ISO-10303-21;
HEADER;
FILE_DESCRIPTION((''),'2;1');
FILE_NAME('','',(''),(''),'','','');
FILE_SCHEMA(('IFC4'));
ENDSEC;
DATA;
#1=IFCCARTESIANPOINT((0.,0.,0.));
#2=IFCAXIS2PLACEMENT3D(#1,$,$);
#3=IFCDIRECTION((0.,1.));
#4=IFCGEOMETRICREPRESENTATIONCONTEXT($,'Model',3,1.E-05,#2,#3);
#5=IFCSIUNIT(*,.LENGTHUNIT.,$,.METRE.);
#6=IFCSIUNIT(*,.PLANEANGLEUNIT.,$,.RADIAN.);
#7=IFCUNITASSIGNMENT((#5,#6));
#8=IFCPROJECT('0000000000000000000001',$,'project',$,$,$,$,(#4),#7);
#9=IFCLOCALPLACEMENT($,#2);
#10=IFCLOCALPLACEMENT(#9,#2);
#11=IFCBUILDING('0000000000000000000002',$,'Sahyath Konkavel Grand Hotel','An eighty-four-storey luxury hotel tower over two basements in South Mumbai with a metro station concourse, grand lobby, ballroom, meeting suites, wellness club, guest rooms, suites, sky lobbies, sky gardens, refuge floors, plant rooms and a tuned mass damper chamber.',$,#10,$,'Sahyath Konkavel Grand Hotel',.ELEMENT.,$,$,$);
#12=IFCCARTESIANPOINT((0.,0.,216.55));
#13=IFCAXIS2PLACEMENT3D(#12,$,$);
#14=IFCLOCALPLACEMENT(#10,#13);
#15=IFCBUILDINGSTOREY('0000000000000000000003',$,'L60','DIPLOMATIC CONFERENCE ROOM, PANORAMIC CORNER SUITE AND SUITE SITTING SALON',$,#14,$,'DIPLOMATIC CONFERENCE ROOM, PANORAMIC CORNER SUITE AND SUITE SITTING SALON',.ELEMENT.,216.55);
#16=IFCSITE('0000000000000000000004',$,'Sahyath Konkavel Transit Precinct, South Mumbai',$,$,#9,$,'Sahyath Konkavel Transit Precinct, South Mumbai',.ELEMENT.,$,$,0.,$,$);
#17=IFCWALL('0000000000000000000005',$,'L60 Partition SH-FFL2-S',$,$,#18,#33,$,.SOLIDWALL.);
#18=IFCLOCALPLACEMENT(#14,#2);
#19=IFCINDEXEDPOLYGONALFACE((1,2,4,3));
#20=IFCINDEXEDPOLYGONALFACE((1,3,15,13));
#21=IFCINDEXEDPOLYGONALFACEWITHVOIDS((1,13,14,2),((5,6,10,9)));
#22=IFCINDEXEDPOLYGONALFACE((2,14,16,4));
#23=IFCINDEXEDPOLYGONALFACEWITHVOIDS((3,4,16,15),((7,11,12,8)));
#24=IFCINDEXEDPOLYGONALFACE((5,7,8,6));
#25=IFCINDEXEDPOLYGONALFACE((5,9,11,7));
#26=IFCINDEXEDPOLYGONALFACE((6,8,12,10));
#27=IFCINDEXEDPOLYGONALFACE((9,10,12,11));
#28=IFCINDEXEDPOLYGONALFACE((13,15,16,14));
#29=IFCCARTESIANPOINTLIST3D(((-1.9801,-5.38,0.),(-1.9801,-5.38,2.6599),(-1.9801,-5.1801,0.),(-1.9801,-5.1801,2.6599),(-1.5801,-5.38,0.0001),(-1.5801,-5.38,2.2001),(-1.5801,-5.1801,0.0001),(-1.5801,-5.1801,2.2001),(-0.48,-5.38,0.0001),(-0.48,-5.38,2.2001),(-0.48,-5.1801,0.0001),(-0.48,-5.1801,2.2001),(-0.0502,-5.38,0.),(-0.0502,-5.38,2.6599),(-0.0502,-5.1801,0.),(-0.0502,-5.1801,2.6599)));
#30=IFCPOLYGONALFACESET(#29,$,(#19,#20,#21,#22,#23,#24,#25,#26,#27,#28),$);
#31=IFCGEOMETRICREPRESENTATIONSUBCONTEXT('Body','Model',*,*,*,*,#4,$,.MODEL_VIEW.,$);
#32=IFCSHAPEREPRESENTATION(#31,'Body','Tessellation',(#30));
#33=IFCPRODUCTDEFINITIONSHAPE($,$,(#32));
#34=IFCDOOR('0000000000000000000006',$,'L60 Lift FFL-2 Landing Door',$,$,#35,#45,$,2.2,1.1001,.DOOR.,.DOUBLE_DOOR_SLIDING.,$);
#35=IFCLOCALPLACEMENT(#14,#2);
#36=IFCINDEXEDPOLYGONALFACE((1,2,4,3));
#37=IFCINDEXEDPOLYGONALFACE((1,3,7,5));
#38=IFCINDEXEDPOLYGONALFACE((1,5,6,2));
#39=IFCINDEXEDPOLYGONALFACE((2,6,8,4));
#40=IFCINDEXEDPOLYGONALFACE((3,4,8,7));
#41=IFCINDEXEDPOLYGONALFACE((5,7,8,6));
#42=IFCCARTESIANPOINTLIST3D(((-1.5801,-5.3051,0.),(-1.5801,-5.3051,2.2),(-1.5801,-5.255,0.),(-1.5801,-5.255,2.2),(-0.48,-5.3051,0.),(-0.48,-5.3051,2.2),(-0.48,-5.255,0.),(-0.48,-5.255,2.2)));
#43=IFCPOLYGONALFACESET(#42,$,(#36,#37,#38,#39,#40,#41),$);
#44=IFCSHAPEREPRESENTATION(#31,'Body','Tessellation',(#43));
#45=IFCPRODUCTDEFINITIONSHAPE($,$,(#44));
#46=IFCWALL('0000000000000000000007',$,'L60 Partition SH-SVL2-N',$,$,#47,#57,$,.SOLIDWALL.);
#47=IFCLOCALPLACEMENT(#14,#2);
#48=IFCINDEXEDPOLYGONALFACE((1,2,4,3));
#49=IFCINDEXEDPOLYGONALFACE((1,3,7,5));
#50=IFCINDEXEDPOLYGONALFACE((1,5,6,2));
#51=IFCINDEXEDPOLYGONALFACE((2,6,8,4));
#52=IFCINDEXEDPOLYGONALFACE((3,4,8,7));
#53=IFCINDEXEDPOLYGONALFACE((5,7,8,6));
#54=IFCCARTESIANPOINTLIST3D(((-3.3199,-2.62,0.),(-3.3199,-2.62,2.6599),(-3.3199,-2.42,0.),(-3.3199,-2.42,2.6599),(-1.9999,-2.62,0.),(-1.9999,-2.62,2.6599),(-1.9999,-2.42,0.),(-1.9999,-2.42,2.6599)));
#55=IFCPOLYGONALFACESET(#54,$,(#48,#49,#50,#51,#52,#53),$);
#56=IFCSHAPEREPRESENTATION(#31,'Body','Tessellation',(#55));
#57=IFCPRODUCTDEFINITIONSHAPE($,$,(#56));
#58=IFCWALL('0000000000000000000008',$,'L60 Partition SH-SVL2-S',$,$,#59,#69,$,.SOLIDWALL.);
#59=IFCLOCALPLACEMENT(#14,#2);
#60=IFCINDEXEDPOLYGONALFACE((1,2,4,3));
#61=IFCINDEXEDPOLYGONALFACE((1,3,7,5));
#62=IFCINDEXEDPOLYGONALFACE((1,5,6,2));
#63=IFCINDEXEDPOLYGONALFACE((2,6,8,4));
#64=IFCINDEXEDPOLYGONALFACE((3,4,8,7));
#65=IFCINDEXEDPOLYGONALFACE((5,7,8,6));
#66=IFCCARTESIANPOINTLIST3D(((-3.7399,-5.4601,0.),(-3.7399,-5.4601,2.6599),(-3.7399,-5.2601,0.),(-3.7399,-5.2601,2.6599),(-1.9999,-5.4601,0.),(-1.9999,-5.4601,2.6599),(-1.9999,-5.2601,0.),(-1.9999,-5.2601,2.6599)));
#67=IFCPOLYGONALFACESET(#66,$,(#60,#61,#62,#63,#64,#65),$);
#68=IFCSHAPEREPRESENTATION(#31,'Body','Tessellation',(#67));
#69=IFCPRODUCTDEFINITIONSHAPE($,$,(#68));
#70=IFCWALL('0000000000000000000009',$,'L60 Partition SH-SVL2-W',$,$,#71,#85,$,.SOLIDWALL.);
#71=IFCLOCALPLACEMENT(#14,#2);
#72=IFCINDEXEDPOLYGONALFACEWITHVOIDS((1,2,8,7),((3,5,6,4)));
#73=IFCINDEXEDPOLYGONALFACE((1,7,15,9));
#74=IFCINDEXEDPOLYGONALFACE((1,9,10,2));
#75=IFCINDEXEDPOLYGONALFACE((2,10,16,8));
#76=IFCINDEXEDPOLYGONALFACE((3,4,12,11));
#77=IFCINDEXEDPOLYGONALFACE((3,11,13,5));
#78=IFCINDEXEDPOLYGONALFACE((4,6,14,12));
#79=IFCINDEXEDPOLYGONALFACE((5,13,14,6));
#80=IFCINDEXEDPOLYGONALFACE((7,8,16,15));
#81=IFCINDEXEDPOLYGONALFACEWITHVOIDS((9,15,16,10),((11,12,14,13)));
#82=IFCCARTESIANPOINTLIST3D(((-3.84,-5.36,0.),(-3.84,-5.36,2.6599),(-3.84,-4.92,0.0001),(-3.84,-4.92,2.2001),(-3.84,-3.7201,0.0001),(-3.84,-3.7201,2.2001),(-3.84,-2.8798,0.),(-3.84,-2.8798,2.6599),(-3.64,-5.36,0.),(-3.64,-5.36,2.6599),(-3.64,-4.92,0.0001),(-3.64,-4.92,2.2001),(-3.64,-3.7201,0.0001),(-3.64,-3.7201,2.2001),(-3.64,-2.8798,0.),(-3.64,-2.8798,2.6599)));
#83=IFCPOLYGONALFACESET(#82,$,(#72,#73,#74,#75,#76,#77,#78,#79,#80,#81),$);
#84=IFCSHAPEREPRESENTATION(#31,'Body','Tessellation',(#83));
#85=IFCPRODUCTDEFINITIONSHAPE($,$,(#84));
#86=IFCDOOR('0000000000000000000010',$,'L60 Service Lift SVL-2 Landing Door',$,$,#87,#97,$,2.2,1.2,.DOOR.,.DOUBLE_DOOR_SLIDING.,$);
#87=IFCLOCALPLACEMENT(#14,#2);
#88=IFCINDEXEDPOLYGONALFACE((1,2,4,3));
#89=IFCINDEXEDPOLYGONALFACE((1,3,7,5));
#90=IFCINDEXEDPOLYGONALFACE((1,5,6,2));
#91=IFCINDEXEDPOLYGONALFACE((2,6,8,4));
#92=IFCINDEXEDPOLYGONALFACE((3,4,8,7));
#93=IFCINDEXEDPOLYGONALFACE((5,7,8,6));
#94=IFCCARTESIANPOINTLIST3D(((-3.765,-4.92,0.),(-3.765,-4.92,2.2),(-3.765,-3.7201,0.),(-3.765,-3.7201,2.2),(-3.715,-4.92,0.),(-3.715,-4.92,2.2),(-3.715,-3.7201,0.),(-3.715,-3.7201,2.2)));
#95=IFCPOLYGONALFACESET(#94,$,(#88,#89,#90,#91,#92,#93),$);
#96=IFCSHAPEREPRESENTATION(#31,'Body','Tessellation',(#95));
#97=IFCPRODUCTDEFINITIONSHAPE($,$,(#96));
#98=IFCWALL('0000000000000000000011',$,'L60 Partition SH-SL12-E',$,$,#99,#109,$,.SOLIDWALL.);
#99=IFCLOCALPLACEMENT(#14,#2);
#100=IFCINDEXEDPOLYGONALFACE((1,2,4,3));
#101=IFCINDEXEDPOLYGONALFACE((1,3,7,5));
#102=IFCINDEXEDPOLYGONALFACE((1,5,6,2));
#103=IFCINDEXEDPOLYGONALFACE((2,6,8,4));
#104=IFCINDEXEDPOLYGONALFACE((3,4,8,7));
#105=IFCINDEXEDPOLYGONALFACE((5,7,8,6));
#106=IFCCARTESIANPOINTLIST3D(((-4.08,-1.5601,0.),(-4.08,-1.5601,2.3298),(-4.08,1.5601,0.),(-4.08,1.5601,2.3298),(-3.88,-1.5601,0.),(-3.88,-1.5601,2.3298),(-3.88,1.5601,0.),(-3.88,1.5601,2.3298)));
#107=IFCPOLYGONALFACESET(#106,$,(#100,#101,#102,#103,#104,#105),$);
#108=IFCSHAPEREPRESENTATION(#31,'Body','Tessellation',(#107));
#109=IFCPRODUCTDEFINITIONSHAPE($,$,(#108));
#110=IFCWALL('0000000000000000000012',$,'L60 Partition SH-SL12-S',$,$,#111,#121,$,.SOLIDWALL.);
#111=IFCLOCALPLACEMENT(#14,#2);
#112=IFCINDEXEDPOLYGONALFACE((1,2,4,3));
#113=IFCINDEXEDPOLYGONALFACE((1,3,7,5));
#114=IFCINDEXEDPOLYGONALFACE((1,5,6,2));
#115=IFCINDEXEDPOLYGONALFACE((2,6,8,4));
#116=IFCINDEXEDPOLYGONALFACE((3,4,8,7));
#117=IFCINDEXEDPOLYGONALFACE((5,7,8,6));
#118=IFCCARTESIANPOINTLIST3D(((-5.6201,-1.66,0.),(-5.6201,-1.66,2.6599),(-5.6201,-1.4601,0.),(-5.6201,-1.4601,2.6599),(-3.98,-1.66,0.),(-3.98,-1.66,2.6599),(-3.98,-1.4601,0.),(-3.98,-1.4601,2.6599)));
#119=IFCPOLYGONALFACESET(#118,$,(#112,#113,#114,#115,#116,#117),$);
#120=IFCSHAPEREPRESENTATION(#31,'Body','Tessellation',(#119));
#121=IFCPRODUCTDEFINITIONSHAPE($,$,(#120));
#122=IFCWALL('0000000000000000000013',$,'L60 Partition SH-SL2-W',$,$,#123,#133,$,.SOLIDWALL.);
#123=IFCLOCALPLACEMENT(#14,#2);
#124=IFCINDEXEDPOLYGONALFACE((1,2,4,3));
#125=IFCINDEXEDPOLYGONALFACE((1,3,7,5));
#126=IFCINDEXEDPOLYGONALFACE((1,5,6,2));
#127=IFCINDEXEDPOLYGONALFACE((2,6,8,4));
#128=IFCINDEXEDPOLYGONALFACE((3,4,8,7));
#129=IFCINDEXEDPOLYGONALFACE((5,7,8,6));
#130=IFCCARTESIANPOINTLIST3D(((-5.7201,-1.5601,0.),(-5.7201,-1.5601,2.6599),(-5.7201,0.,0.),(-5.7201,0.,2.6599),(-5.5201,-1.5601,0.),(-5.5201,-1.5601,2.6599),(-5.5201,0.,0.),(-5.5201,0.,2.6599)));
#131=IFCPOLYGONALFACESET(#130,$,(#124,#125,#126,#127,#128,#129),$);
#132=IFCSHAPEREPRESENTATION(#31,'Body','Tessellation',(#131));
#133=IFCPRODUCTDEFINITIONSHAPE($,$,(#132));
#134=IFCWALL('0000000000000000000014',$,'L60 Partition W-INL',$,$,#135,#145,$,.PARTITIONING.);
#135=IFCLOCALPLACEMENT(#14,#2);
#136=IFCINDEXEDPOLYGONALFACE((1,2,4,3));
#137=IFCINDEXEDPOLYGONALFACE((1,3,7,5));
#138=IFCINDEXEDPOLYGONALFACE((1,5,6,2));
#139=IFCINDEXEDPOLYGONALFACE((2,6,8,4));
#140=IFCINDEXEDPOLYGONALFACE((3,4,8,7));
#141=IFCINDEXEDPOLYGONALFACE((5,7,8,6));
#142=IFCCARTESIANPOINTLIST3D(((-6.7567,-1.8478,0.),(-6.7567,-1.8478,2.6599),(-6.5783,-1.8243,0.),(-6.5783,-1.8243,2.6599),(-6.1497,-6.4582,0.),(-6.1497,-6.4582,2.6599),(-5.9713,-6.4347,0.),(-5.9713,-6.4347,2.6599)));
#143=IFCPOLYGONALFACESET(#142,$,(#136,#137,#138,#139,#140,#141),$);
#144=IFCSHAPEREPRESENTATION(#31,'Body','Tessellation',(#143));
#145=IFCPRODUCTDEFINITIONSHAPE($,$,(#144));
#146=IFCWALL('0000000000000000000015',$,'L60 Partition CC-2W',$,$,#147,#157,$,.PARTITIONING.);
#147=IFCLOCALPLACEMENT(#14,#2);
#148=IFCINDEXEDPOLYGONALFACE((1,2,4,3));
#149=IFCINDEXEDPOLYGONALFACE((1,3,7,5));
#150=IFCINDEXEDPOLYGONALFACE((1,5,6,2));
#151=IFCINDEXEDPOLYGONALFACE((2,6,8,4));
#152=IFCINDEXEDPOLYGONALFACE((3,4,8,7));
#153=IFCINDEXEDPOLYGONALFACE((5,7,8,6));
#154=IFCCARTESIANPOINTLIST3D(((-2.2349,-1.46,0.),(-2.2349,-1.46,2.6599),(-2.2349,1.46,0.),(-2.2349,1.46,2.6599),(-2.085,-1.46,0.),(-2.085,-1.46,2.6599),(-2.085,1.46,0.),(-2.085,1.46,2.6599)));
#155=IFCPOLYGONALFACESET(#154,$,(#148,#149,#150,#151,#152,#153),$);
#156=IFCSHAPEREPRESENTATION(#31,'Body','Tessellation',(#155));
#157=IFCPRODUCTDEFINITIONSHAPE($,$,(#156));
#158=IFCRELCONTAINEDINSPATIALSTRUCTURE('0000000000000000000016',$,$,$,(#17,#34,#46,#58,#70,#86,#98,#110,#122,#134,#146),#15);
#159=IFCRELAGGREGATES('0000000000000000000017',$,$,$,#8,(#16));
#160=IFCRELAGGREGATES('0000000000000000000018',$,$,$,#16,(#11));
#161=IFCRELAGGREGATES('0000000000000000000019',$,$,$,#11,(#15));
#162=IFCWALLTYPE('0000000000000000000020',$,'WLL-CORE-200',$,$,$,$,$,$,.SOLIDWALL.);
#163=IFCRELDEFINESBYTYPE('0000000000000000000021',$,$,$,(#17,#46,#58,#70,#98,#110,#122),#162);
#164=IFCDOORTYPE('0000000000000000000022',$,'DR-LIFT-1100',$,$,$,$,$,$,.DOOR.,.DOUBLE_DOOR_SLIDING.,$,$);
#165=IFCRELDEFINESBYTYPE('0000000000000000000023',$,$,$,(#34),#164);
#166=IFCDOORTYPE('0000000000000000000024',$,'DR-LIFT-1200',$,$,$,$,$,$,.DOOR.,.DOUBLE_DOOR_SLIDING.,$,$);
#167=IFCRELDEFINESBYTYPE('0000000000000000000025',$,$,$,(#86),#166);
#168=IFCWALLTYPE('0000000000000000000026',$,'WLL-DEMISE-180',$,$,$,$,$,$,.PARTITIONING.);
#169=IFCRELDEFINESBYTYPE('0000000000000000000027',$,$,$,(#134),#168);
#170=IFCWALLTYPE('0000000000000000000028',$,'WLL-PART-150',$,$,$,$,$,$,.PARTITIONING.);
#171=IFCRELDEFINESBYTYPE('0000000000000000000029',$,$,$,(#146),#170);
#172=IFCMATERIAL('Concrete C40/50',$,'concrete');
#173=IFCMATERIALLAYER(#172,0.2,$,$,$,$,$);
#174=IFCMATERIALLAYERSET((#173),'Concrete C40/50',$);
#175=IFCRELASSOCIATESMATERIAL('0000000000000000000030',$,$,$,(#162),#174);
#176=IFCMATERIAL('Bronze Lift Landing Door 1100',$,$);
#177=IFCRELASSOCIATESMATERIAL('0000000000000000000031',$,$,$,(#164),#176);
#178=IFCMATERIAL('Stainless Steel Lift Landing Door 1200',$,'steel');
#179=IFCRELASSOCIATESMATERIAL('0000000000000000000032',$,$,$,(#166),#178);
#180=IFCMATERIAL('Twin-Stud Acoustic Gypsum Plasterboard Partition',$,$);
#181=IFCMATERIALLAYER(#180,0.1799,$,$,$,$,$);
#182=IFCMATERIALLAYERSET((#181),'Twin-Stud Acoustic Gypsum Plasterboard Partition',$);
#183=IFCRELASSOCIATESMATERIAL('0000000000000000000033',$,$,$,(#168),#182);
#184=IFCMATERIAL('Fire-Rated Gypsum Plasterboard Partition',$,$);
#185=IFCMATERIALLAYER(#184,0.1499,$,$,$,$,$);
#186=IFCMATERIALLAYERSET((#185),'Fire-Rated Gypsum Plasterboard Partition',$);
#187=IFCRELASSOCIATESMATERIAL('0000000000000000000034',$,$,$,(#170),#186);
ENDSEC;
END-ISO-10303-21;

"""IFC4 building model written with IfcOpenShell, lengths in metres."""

from ifc_helpers import new_model, si_unit, direction, frame, frame_2d, origin, origin_2d, place, context, subcontext, project, spatial, rectangle, extrude, source, transform, mapped, material, layer, layer_set, type_object, element, fill, save


model = new_model("IFC4")

# Units and contexts
model_context = context("Model", 3, precision=1e-05, world=origin(), true_north=direction((0.0, 1.0)))
body_context = subcontext(model_context, "Body", "Model", "MODEL_VIEW")
ifc_project = project(units=[si_unit("LENGTHUNIT", "METRE"), si_unit("PLANEANGLEUNIT", "RADIAN")], contexts=[model_context])

# Site, building, storey
site_placement = place(None, origin())
site = spatial("IfcSite", under=ifc_project, at=site_placement, Name="Sahyath Konkavel Transit Precinct, South Mumbai", LongName="Sahyath Konkavel Transit Precinct, South Mumbai", CompositionType="ELEMENT", RefElevation=0.0)
building_placement = place(site_placement, origin())
building = spatial("IfcBuilding", under=site, at=building_placement, Name="Sahyath Konkavel Grand Hotel", Description="An eighty-four-storey luxury hotel tower over two basements in South Mumbai with a metro station concourse, grand lobby, ballroom, meeting suites, wellness club, guest rooms, suites, sky lobbies, sky gardens, refuge floors, plant rooms and a tuned mass damper chamber.", LongName="Sahyath Konkavel Grand Hotel", CompositionType="ELEMENT")
storey_placement = place(building_placement, frame((0.0, 0.0, 216.55)))
storey = spatial("IfcBuildingStorey", under=building, at=storey_placement, Name="L60", Description="DIPLOMATIC CONFERENCE ROOM, PANORAMIC CORNER SUITE AND SUITE SITTING SALON", LongName="DIPLOMATIC CONFERENCE ROOM, PANORAMIC CORNER SUITE AND SUITE SITTING SALON", CompositionType="ELEMENT", Elevation=216.55)

# Shared definitions
ifc_material_1 = material(Name="Concrete C40/50", Category="concrete")

# Shared definitions
ifc_layer_1 = layer(ifc_material_1, 0.2)
ifc_layer_set_1 = layer_set([ifc_layer_1], Name="Concrete C40/50")
wall_type_1 = type_object("IfcWallType", Name="WLL-CORE-200", PredefinedType="SOLIDWALL", material=ifc_layer_set_1)

# Wall, opening, door
wall_1_placement = place(storey_placement, frame((-1.98, -5.28, 0.0), z_axis=(0.0, 0.0, 1.0), x_axis=(1.0, 0.0, 0.0)))
wall_1 = element("IfcWall", 1, at=wall_1_placement, inside=storey, type_object=wall_type_1, Name="L60 Partition SH-FFL2-S", PredefinedType="SOLIDWALL", context=body_context, shape_type="SweptSolid", body=[
    extrude(rectangle(XDim=1.9299, YDim=0.2, at=frame_2d((0.9648, 0.0))), origin(), (0.0, 0.0, 1.0), 2.6599),
])
opening_1_placement = place(wall_1_placement, frame((0.3999, 0.0, 0.0)))
opening_1 = element("IfcOpeningElement", 2, at=opening_1_placement, cuts=wall_1, PredefinedType="OPENING", context=body_context, shape_type="SweptSolid", body=[
    extrude(rectangle(XDim=1.1001, YDim=2.2, at=frame_2d((0.55, 1.1001))), frame((0.0, 0.1099, 0.0), z_axis=(0.0, -1.0, 0.0), x_axis=(1.0, 0.0, 0.0)), (0.0, 0.0, 1.0), 0.22),
])
ifc_material_2 = material(Name="Bronze Lift Landing Door 1100")
door_type_1 = type_object("IfcDoorType", Name="DR-LIFT-1100", OperationType="DOUBLE_DOOR_SLIDING", PredefinedType="DOOR", material=ifc_material_2)
shared_shape_1 = source(origin(), body_context, "Body", "SweptSolid", [
    extrude(rectangle(XDim=1.1001, YDim=0.05, at=origin_2d()), origin(), (0.0, 0.0, 1.0), 2.2),
])
door_1_placement = place(opening_1_placement, frame((0.55, 0.0, 0.0)))
door_1 = element("IfcDoor", 3, at=door_1_placement, inside=storey, type_object=door_type_1, Name="L60 Lift FFL-2 Landing Door", OperationType="DOUBLE_DOOR_SLIDING", OverallHeight=2.2, OverallWidth=1.1001, PredefinedType="DOOR", context=body_context, shape_type="MappedRepresentation", body=[
    mapped(shared_shape_1, transform((0.0, 0.0, 0.0), scale=1.0)),
])
fill(opening_1, door_1)

# Walls
wall_2_placement = place(storey_placement, frame((-3.3201, -2.52, 0.0), z_axis=(0.0, 0.0, 1.0), x_axis=(1.0, 0.0, 0.0)))
element("IfcWall", 4, at=wall_2_placement, inside=storey, type_object=wall_type_1, Name="L60 Partition SH-SVL2-N", PredefinedType="SOLIDWALL", context=body_context, shape_type="SweptSolid", body=[
    extrude(rectangle(XDim=1.3201, YDim=0.2, at=frame_2d((0.6602, 0.0))), origin(), (0.0, 0.0, 1.0), 2.6599),
])
wall_3_placement = place(storey_placement, frame((-3.74, -5.3601, 0.0), z_axis=(0.0, 0.0, 1.0), x_axis=(1.0, 0.0, 0.0)))
element("IfcWall", 5, at=wall_3_placement, inside=storey, type_object=wall_type_1, Name="L60 Partition SH-SVL2-S", PredefinedType="SOLIDWALL", context=body_context, shape_type="SweptSolid", body=[
    extrude(rectangle(XDim=1.74, YDim=0.2, at=frame_2d((0.8701, 0.0))), origin(), (0.0, 0.0, 1.0), 2.6599),
])

# Wall, opening, door
wall_4_placement = place(storey_placement, frame((-3.74, -5.3601, 0.0), z_axis=(0.0, 0.0, 1.0), x_axis=(0.0, 1.0, 0.0)))
wall_4 = element("IfcWall", 6, at=wall_4_placement, inside=storey, type_object=wall_type_1, Name="L60 Partition SH-SVL2-W", PredefinedType="SOLIDWALL", context=body_context, shape_type="SweptSolid", body=[
    extrude(rectangle(XDim=2.4802, YDim=0.2, at=frame_2d((1.2402, 0.0))), origin(), (0.0, 0.0, 1.0), 2.6599),
])
opening_2_placement = place(wall_4_placement, frame((0.4399, 0.0, 0.0)))
opening_2 = element("IfcOpeningElement", 7, at=opening_2_placement, cuts=wall_4, PredefinedType="OPENING", context=body_context, shape_type="SweptSolid", body=[
    extrude(rectangle(XDim=1.2, YDim=2.2, at=frame_2d((0.6001, 1.1001))), frame((0.0, 0.1099, 0.0), z_axis=(0.0, -1.0, 0.0), x_axis=(1.0, 0.0, 0.0)), (0.0, 0.0, 1.0), 0.22),
])
ifc_material_3 = material(Name="Stainless Steel Lift Landing Door 1200", Category="steel")
door_type_2 = type_object("IfcDoorType", Name="DR-LIFT-1200", OperationType="DOUBLE_DOOR_SLIDING", PredefinedType="DOOR", material=ifc_material_3)
shared_shape_2 = source(origin(), body_context, "Body", "SweptSolid", [
    extrude(rectangle(XDim=1.2, YDim=0.05, at=origin_2d()), origin(), (0.0, 0.0, 1.0), 2.2),
])
door_2_placement = place(opening_2_placement, frame((0.6001, 0.0, 0.0)))
door_2 = element("IfcDoor", 8, at=door_2_placement, inside=storey, type_object=door_type_2, Name="L60 Service Lift SVL-2 Landing Door", OperationType="DOUBLE_DOOR_SLIDING", OverallHeight=2.2, OverallWidth=1.2, PredefinedType="DOOR", context=body_context, shape_type="MappedRepresentation", body=[
    mapped(shared_shape_2, transform((0.0, 0.0, 0.0), scale=1.0)),
])
fill(opening_2, door_2)

# Walls
wall_5_placement = place(storey_placement, frame((-3.98, -1.5601, 0.0), z_axis=(0.0, 0.0, 1.0), x_axis=(0.0, 1.0, 0.0)))
element("IfcWall", 9, at=wall_5_placement, inside=storey, type_object=wall_type_1, Name="L60 Partition SH-SL12-E", PredefinedType="SOLIDWALL", context=body_context, shape_type="SweptSolid", body=[
    extrude(rectangle(XDim=3.1201, YDim=0.2, at=frame_2d((1.5601, 0.0))), origin(), (0.0, 0.0, 1.0), 2.3298),
])
wall_6_placement = place(storey_placement, frame((-5.6201, -1.5601, 0.0), z_axis=(0.0, 0.0, 1.0), x_axis=(1.0, 0.0, 0.0)))
element("IfcWall", 10, at=wall_6_placement, inside=storey, type_object=wall_type_1, Name="L60 Partition SH-SL12-S", PredefinedType="SOLIDWALL", context=body_context, shape_type="SweptSolid", body=[
    extrude(rectangle(XDim=1.6401, YDim=0.2, at=frame_2d((0.8201, 0.0))), origin(), (0.0, 0.0, 1.0), 2.6599),
])
wall_7_placement = place(storey_placement, frame((-5.6201, -1.5601, 0.0), z_axis=(0.0, 0.0, 1.0), x_axis=(0.0, 1.0, 0.0)))
element("IfcWall", 11, at=wall_7_placement, inside=storey, type_object=wall_type_1, Name="L60 Partition SH-SL2-W", PredefinedType="SOLIDWALL", context=body_context, shape_type="SweptSolid", body=[
    extrude(rectangle(XDim=1.5601, YDim=0.2, at=frame_2d((0.78, 0.0))), origin(), (0.0, 0.0, 1.0), 2.6599),
])
ifc_material_4 = material(Name="Twin-Stud Acoustic Gypsum Plasterboard Partition")
ifc_layer_2 = layer(ifc_material_4, 0.1799)
ifc_layer_set_2 = layer_set([ifc_layer_2], Name="Twin-Stud Acoustic Gypsum Plasterboard Partition")
wall_type_2 = type_object("IfcWallType", Name="WLL-DEMISE-180", PredefinedType="PARTITIONING", material=ifc_layer_set_2)
wall_8_placement = place(storey_placement, frame((-6.6675, -1.8359, 0.0), z_axis=(0.0, 0.0, 1.0), x_axis=(0.13052, -0.991446, 0.0)))
element("IfcWall", 12, at=wall_8_placement, inside=storey, type_object=wall_type_2, Name="L60 Partition W-INL", PredefinedType="PARTITIONING", context=body_context, shape_type="SweptSolid", body=[
    extrude(rectangle(XDim=4.6501, YDim=0.1799, at=frame_2d((2.3252, 0.0))), origin(), (0.0, 0.0, 1.0), 2.6599),
])
ifc_material_5 = material(Name="Fire-Rated Gypsum Plasterboard Partition")
ifc_layer_3 = layer(ifc_material_5, 0.1499)
ifc_layer_set_3 = layer_set([ifc_layer_3], Name="Fire-Rated Gypsum Plasterboard Partition")
wall_type_3 = type_object("IfcWallType", Name="WLL-PART-150", PredefinedType="PARTITIONING", material=ifc_layer_set_3)
wall_9_placement = place(storey_placement, frame((-2.1599, -1.46, 0.0), z_axis=(0.0, 0.0, 1.0), x_axis=(0.0, 1.0, 0.0)))
element("IfcWall", 13, at=wall_9_placement, inside=storey, type_object=wall_type_3, Name="L60 Partition CC-2W", PredefinedType="PARTITIONING", context=body_context, shape_type="SweptSolid", body=[
    extrude(rectangle(XDim=2.9199, YDim=0.1499, at=frame_2d((1.46, 0.0))), origin(), (0.0, 0.0, 1.0), 2.6599),
])

save(model, "model.ifc")
